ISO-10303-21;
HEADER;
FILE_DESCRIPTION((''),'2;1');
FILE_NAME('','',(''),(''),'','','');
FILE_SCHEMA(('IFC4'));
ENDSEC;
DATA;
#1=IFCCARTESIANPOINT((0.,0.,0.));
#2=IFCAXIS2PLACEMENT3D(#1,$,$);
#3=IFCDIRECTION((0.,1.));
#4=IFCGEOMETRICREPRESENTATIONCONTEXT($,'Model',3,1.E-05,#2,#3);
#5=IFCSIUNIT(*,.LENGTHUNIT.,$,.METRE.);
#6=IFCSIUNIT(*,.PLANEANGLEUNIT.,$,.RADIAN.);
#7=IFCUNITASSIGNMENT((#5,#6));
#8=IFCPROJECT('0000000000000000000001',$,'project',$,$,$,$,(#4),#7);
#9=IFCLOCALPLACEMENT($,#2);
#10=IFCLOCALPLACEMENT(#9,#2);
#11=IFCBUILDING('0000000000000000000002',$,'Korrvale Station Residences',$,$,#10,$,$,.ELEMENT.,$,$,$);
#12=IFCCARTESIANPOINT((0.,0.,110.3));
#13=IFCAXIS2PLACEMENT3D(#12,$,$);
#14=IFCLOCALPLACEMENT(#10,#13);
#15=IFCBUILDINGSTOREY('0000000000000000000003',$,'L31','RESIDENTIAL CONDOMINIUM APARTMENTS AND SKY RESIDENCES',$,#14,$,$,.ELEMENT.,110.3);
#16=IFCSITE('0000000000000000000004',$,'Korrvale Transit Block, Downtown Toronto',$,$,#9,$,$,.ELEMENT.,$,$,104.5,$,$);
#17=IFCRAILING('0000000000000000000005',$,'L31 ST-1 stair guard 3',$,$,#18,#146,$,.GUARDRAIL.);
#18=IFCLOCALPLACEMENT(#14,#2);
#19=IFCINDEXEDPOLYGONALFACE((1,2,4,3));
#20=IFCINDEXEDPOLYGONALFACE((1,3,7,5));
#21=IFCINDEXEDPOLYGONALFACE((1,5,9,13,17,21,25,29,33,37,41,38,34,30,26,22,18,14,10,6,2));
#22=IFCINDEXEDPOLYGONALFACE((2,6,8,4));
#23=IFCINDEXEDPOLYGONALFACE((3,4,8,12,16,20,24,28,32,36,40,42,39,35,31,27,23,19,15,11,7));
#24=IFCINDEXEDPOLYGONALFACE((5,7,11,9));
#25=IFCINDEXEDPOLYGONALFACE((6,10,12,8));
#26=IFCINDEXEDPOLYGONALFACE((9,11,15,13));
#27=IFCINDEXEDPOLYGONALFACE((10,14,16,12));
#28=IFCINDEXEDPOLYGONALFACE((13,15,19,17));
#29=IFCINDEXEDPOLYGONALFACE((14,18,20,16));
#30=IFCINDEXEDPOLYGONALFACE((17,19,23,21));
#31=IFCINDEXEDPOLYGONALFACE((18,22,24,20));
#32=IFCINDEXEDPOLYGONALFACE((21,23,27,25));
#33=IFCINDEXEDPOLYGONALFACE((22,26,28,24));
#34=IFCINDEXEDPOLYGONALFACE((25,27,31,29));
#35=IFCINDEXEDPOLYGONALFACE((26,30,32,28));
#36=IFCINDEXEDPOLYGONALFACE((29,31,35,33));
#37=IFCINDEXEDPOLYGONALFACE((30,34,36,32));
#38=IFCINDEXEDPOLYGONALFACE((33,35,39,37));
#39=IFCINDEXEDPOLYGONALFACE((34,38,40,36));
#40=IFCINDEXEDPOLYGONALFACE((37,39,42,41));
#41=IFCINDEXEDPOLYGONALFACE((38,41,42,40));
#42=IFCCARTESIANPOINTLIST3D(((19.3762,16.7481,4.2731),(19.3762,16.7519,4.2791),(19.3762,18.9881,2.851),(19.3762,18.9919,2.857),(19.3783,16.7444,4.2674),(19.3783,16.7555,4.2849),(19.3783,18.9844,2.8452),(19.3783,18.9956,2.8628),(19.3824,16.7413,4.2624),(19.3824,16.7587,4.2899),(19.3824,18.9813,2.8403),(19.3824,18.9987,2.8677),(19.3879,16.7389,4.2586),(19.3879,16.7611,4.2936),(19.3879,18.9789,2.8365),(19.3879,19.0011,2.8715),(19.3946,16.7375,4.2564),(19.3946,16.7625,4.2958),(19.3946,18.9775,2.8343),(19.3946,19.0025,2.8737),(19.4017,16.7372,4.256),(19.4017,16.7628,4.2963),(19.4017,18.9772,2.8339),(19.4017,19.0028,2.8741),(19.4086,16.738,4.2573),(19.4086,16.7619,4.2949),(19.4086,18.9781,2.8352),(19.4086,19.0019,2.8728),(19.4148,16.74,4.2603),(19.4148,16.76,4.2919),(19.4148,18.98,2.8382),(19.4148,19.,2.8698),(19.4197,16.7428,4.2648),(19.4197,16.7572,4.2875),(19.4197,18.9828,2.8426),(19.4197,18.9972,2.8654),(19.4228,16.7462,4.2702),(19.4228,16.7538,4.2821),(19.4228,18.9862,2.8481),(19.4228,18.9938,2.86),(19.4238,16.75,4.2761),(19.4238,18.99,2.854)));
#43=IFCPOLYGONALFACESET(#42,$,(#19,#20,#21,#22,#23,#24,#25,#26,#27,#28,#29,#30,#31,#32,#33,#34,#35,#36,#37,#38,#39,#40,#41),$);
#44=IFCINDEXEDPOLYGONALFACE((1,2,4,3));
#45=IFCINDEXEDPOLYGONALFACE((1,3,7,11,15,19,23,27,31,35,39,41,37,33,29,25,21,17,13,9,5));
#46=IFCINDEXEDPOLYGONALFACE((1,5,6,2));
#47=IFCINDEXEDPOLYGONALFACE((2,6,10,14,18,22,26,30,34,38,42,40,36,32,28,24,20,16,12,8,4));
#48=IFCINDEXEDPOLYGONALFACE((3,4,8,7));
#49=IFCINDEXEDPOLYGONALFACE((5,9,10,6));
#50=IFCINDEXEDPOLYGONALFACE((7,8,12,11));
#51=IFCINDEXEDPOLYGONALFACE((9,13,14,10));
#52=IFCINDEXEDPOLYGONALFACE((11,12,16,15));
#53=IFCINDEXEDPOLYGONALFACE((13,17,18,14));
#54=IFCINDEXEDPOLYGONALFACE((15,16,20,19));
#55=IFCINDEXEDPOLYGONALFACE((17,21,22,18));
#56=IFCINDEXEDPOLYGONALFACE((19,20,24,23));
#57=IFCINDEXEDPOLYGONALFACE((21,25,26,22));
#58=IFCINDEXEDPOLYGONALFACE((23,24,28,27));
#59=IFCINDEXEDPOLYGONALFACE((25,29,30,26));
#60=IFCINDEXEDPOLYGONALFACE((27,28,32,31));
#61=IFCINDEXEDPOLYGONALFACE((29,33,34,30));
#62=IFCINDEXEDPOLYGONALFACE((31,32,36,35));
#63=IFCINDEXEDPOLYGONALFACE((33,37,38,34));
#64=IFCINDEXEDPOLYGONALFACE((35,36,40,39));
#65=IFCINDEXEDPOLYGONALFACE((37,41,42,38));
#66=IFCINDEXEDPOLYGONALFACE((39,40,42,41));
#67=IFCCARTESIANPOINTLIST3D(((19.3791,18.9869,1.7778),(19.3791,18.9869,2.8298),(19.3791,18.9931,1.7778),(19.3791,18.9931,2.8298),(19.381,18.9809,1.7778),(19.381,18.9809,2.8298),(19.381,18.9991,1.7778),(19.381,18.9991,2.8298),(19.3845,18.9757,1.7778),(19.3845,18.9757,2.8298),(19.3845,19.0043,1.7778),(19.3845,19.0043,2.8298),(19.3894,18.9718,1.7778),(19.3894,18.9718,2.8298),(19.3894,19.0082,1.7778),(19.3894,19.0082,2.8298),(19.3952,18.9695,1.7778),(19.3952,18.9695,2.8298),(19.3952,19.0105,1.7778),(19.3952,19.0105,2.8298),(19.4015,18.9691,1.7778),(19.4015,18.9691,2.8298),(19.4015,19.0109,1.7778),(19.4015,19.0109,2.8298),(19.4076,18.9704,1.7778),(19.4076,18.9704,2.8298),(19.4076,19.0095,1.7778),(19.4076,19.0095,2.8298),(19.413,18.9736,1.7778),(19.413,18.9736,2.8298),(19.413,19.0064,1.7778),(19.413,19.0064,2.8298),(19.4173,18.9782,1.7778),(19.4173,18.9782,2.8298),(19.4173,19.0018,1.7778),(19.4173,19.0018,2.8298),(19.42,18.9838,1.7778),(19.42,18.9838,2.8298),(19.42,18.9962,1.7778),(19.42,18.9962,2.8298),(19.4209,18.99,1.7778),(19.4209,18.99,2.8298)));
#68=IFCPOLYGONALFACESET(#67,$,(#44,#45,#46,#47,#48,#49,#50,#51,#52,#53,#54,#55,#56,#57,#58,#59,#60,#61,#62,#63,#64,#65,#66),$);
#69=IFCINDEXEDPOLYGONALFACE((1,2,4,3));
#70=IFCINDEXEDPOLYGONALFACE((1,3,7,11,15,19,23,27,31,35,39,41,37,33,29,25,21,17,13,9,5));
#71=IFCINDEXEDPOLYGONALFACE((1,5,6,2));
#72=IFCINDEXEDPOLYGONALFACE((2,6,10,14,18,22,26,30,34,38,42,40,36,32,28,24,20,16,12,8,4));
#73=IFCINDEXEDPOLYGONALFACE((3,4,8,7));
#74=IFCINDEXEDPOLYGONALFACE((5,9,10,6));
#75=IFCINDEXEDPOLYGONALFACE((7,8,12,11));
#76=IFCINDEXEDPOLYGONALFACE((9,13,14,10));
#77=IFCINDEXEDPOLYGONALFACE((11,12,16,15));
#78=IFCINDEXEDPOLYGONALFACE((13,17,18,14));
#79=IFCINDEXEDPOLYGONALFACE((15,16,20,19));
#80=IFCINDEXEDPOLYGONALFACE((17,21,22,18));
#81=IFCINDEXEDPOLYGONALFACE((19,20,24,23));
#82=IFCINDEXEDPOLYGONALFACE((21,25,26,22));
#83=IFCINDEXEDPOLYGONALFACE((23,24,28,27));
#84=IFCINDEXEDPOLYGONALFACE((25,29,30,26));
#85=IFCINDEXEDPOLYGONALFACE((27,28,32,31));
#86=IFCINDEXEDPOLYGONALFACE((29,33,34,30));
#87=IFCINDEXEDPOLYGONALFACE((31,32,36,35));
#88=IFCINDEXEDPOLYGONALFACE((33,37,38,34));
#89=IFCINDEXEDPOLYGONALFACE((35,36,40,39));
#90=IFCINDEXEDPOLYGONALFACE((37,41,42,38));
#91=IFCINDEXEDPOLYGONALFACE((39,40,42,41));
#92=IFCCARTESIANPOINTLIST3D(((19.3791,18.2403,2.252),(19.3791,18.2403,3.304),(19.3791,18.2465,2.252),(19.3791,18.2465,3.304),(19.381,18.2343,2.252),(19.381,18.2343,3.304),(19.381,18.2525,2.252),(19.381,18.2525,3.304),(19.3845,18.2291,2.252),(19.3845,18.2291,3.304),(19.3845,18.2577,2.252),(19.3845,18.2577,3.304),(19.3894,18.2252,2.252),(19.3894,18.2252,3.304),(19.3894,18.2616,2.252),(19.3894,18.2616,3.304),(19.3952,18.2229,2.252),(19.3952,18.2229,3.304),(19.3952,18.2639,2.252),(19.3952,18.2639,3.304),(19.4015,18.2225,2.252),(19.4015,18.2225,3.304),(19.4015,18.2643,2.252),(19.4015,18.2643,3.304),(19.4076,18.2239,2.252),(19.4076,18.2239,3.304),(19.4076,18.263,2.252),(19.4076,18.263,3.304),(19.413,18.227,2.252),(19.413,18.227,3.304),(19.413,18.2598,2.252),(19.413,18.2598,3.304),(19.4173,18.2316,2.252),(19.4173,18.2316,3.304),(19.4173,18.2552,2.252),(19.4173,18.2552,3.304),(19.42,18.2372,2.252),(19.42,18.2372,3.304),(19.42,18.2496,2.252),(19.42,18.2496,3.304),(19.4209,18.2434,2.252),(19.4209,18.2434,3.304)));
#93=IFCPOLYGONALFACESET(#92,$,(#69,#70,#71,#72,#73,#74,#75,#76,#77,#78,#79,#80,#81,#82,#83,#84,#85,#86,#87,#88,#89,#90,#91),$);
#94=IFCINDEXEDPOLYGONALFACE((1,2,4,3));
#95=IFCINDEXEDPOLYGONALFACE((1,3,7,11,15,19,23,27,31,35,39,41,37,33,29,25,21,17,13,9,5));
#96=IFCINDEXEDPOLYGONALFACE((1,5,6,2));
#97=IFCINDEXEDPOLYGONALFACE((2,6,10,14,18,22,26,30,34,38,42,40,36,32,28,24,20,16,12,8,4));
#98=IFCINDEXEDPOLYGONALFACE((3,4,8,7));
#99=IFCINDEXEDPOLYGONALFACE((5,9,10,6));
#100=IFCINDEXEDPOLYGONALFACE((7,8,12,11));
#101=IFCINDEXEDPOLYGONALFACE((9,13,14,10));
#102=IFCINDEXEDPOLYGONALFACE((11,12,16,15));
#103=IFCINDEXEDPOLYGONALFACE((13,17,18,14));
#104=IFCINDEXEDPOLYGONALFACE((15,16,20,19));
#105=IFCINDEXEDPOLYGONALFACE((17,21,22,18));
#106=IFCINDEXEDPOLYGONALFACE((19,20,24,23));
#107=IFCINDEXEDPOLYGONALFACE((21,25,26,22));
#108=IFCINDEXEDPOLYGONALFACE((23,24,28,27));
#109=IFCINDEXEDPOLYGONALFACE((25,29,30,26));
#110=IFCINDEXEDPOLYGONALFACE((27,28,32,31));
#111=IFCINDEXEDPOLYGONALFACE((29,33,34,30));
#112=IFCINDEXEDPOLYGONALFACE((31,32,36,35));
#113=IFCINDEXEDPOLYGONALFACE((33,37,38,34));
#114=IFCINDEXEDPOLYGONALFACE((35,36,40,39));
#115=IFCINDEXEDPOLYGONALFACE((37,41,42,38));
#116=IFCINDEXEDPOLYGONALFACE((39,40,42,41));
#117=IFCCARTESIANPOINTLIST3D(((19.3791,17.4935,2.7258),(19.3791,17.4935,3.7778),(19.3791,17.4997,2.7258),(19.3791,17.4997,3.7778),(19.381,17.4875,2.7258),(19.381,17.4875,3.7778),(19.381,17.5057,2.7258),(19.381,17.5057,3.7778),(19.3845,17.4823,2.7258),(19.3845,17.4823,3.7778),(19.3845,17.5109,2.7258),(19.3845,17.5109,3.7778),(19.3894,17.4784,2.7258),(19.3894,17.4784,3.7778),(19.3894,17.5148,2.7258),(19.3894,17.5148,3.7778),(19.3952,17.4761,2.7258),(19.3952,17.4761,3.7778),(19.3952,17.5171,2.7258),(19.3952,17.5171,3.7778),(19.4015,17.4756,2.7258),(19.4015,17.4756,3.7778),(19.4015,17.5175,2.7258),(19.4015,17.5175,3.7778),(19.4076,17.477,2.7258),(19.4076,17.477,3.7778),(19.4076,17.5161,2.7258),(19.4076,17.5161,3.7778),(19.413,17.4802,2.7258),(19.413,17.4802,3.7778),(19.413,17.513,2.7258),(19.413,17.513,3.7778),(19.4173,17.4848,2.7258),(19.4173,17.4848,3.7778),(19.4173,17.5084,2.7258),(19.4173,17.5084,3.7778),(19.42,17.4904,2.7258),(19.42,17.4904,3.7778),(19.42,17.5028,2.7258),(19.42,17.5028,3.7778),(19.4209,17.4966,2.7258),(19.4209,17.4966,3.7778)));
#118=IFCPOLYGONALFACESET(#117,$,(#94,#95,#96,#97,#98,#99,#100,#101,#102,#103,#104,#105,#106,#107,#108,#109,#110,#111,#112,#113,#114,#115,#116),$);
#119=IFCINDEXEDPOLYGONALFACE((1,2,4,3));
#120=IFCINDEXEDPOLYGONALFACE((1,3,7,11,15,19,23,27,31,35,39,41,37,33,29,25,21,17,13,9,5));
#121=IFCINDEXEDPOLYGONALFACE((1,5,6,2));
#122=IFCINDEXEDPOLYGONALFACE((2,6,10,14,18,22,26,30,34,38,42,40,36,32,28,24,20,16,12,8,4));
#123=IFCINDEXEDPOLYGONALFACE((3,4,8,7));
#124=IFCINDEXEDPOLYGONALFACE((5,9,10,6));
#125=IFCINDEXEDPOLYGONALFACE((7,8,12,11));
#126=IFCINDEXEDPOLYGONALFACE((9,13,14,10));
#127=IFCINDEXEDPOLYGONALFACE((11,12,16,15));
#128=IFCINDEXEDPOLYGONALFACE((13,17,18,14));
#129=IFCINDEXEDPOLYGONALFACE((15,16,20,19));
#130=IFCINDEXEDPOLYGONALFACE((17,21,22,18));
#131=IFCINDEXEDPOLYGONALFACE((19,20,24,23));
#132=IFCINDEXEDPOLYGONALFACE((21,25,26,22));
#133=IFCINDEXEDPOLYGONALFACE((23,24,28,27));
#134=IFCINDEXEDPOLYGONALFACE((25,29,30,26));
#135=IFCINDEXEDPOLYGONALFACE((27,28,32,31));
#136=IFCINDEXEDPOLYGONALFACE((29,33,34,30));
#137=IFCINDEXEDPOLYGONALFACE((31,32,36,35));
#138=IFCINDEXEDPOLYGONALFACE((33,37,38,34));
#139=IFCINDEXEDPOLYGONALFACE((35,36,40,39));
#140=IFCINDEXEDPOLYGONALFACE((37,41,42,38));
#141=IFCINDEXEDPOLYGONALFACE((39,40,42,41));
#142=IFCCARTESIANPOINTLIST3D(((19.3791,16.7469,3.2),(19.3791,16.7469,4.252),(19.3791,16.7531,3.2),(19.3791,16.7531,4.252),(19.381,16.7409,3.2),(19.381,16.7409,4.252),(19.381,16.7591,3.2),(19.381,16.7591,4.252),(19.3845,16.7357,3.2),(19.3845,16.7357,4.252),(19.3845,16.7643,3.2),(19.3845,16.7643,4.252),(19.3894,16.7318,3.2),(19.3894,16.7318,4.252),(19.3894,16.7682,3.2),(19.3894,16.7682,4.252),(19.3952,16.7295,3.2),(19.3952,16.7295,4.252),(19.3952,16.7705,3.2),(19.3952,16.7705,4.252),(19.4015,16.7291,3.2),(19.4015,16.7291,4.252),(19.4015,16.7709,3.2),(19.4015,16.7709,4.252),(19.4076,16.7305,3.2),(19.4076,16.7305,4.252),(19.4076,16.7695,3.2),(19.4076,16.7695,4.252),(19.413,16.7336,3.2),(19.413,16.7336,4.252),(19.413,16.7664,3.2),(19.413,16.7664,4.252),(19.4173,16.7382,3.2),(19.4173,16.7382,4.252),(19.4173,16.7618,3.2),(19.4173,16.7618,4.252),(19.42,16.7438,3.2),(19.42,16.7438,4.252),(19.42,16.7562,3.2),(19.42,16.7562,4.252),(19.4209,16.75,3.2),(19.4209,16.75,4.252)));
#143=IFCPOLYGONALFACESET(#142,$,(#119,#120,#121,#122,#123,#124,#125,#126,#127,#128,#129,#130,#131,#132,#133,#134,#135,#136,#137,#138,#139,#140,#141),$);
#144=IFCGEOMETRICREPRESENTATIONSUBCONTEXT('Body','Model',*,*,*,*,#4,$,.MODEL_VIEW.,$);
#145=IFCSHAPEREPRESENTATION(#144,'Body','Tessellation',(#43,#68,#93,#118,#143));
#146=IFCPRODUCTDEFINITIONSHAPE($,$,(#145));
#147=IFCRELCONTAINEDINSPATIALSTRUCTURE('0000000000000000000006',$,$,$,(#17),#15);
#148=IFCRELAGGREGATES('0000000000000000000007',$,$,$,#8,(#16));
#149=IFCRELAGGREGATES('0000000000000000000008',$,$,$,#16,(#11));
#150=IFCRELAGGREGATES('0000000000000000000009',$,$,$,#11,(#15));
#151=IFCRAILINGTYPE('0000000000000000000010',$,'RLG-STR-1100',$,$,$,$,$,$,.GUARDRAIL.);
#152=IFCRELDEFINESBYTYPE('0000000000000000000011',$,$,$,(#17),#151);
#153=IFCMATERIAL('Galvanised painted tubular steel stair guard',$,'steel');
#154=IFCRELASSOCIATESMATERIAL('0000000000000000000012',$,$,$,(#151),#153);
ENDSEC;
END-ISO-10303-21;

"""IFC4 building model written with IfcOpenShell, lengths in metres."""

from ifc_helpers import new_model, si_unit, direction, frame, origin, origin_2d, place, context, subcontext, project, spatial, circle, extrude, material, type_object, element, save


model = new_model("IFC4")

# Units and contexts
model_context = context("Model", 3, precision=1e-05, world=origin(), true_north=direction((0.0, 1.0)))
body_context = subcontext(model_context, "Body", "Model", "MODEL_VIEW")
ifc_project = project(units=[si_unit("LENGTHUNIT", "METRE"), si_unit("PLANEANGLEUNIT", "RADIAN")], contexts=[model_context])

# Site, building, storey
site_placement = place(None, origin())
site = spatial("IfcSite", under=ifc_project, at=site_placement, Name="Korrvale Transit Block, Downtown Toronto", CompositionType="ELEMENT", RefElevation=104.5)
building_placement = place(site_placement, origin())
building = spatial("IfcBuilding", under=site, at=building_placement, Name="Korrvale Station Residences", CompositionType="ELEMENT")
storey_placement = place(building_placement, frame((0.0, 0.0, 110.3)))
storey = spatial("IfcBuildingStorey", under=building, at=storey_placement, Name="L31", Description="RESIDENTIAL CONDOMINIUM APARTMENTS AND SKY RESIDENCES", CompositionType="ELEMENT", Elevation=110.3)

# Railing
ifc_material_1 = material(Name="Galvanised painted tubular steel stair guard", Category="steel")
railing_type = type_object("IfcRailingType", Name="RLG-STR-1100", PredefinedType="GUARDRAIL", material=ifc_material_1)
railing_1_placement = place(storey_placement, frame((19.3999, 18.99, 1.7778)))
element("IfcRailing", 1, at=railing_1_placement, inside=storey, type_object=railing_type, Name="L31 ST-1 stair guard 3", PredefinedType="GUARDRAIL", context=body_context, shape_type="SweptSolid", body=[
    extrude(circle(Radius=0.0239, at=origin_2d()), frame((0.0, 0.0, 1.0762), z_axis=(0.0, -0.844229, 0.535982), x_axis=(1.0, 0.0, 0.0)), (0.0, 0.0, 1.0), 2.6533),
    extrude(circle(Radius=0.021, at=origin_2d()), origin(), (0.0, 0.0, 1.0), 1.052),
    extrude(circle(Radius=0.021, at=origin_2d()), frame((0.0, -0.7466, 0.4741)), (0.0, 0.0, 1.0), 1.052),
    extrude(circle(Radius=0.021, at=origin_2d()), frame((0.0, -1.4934, 0.948)), (0.0, 0.0, 1.0), 1.052),
    extrude(circle(Radius=0.021, at=origin_2d()), frame((0.0, -2.24, 1.4221)), (0.0, 0.0, 1.0), 1.052),
])

save(model, "model.ifc")
